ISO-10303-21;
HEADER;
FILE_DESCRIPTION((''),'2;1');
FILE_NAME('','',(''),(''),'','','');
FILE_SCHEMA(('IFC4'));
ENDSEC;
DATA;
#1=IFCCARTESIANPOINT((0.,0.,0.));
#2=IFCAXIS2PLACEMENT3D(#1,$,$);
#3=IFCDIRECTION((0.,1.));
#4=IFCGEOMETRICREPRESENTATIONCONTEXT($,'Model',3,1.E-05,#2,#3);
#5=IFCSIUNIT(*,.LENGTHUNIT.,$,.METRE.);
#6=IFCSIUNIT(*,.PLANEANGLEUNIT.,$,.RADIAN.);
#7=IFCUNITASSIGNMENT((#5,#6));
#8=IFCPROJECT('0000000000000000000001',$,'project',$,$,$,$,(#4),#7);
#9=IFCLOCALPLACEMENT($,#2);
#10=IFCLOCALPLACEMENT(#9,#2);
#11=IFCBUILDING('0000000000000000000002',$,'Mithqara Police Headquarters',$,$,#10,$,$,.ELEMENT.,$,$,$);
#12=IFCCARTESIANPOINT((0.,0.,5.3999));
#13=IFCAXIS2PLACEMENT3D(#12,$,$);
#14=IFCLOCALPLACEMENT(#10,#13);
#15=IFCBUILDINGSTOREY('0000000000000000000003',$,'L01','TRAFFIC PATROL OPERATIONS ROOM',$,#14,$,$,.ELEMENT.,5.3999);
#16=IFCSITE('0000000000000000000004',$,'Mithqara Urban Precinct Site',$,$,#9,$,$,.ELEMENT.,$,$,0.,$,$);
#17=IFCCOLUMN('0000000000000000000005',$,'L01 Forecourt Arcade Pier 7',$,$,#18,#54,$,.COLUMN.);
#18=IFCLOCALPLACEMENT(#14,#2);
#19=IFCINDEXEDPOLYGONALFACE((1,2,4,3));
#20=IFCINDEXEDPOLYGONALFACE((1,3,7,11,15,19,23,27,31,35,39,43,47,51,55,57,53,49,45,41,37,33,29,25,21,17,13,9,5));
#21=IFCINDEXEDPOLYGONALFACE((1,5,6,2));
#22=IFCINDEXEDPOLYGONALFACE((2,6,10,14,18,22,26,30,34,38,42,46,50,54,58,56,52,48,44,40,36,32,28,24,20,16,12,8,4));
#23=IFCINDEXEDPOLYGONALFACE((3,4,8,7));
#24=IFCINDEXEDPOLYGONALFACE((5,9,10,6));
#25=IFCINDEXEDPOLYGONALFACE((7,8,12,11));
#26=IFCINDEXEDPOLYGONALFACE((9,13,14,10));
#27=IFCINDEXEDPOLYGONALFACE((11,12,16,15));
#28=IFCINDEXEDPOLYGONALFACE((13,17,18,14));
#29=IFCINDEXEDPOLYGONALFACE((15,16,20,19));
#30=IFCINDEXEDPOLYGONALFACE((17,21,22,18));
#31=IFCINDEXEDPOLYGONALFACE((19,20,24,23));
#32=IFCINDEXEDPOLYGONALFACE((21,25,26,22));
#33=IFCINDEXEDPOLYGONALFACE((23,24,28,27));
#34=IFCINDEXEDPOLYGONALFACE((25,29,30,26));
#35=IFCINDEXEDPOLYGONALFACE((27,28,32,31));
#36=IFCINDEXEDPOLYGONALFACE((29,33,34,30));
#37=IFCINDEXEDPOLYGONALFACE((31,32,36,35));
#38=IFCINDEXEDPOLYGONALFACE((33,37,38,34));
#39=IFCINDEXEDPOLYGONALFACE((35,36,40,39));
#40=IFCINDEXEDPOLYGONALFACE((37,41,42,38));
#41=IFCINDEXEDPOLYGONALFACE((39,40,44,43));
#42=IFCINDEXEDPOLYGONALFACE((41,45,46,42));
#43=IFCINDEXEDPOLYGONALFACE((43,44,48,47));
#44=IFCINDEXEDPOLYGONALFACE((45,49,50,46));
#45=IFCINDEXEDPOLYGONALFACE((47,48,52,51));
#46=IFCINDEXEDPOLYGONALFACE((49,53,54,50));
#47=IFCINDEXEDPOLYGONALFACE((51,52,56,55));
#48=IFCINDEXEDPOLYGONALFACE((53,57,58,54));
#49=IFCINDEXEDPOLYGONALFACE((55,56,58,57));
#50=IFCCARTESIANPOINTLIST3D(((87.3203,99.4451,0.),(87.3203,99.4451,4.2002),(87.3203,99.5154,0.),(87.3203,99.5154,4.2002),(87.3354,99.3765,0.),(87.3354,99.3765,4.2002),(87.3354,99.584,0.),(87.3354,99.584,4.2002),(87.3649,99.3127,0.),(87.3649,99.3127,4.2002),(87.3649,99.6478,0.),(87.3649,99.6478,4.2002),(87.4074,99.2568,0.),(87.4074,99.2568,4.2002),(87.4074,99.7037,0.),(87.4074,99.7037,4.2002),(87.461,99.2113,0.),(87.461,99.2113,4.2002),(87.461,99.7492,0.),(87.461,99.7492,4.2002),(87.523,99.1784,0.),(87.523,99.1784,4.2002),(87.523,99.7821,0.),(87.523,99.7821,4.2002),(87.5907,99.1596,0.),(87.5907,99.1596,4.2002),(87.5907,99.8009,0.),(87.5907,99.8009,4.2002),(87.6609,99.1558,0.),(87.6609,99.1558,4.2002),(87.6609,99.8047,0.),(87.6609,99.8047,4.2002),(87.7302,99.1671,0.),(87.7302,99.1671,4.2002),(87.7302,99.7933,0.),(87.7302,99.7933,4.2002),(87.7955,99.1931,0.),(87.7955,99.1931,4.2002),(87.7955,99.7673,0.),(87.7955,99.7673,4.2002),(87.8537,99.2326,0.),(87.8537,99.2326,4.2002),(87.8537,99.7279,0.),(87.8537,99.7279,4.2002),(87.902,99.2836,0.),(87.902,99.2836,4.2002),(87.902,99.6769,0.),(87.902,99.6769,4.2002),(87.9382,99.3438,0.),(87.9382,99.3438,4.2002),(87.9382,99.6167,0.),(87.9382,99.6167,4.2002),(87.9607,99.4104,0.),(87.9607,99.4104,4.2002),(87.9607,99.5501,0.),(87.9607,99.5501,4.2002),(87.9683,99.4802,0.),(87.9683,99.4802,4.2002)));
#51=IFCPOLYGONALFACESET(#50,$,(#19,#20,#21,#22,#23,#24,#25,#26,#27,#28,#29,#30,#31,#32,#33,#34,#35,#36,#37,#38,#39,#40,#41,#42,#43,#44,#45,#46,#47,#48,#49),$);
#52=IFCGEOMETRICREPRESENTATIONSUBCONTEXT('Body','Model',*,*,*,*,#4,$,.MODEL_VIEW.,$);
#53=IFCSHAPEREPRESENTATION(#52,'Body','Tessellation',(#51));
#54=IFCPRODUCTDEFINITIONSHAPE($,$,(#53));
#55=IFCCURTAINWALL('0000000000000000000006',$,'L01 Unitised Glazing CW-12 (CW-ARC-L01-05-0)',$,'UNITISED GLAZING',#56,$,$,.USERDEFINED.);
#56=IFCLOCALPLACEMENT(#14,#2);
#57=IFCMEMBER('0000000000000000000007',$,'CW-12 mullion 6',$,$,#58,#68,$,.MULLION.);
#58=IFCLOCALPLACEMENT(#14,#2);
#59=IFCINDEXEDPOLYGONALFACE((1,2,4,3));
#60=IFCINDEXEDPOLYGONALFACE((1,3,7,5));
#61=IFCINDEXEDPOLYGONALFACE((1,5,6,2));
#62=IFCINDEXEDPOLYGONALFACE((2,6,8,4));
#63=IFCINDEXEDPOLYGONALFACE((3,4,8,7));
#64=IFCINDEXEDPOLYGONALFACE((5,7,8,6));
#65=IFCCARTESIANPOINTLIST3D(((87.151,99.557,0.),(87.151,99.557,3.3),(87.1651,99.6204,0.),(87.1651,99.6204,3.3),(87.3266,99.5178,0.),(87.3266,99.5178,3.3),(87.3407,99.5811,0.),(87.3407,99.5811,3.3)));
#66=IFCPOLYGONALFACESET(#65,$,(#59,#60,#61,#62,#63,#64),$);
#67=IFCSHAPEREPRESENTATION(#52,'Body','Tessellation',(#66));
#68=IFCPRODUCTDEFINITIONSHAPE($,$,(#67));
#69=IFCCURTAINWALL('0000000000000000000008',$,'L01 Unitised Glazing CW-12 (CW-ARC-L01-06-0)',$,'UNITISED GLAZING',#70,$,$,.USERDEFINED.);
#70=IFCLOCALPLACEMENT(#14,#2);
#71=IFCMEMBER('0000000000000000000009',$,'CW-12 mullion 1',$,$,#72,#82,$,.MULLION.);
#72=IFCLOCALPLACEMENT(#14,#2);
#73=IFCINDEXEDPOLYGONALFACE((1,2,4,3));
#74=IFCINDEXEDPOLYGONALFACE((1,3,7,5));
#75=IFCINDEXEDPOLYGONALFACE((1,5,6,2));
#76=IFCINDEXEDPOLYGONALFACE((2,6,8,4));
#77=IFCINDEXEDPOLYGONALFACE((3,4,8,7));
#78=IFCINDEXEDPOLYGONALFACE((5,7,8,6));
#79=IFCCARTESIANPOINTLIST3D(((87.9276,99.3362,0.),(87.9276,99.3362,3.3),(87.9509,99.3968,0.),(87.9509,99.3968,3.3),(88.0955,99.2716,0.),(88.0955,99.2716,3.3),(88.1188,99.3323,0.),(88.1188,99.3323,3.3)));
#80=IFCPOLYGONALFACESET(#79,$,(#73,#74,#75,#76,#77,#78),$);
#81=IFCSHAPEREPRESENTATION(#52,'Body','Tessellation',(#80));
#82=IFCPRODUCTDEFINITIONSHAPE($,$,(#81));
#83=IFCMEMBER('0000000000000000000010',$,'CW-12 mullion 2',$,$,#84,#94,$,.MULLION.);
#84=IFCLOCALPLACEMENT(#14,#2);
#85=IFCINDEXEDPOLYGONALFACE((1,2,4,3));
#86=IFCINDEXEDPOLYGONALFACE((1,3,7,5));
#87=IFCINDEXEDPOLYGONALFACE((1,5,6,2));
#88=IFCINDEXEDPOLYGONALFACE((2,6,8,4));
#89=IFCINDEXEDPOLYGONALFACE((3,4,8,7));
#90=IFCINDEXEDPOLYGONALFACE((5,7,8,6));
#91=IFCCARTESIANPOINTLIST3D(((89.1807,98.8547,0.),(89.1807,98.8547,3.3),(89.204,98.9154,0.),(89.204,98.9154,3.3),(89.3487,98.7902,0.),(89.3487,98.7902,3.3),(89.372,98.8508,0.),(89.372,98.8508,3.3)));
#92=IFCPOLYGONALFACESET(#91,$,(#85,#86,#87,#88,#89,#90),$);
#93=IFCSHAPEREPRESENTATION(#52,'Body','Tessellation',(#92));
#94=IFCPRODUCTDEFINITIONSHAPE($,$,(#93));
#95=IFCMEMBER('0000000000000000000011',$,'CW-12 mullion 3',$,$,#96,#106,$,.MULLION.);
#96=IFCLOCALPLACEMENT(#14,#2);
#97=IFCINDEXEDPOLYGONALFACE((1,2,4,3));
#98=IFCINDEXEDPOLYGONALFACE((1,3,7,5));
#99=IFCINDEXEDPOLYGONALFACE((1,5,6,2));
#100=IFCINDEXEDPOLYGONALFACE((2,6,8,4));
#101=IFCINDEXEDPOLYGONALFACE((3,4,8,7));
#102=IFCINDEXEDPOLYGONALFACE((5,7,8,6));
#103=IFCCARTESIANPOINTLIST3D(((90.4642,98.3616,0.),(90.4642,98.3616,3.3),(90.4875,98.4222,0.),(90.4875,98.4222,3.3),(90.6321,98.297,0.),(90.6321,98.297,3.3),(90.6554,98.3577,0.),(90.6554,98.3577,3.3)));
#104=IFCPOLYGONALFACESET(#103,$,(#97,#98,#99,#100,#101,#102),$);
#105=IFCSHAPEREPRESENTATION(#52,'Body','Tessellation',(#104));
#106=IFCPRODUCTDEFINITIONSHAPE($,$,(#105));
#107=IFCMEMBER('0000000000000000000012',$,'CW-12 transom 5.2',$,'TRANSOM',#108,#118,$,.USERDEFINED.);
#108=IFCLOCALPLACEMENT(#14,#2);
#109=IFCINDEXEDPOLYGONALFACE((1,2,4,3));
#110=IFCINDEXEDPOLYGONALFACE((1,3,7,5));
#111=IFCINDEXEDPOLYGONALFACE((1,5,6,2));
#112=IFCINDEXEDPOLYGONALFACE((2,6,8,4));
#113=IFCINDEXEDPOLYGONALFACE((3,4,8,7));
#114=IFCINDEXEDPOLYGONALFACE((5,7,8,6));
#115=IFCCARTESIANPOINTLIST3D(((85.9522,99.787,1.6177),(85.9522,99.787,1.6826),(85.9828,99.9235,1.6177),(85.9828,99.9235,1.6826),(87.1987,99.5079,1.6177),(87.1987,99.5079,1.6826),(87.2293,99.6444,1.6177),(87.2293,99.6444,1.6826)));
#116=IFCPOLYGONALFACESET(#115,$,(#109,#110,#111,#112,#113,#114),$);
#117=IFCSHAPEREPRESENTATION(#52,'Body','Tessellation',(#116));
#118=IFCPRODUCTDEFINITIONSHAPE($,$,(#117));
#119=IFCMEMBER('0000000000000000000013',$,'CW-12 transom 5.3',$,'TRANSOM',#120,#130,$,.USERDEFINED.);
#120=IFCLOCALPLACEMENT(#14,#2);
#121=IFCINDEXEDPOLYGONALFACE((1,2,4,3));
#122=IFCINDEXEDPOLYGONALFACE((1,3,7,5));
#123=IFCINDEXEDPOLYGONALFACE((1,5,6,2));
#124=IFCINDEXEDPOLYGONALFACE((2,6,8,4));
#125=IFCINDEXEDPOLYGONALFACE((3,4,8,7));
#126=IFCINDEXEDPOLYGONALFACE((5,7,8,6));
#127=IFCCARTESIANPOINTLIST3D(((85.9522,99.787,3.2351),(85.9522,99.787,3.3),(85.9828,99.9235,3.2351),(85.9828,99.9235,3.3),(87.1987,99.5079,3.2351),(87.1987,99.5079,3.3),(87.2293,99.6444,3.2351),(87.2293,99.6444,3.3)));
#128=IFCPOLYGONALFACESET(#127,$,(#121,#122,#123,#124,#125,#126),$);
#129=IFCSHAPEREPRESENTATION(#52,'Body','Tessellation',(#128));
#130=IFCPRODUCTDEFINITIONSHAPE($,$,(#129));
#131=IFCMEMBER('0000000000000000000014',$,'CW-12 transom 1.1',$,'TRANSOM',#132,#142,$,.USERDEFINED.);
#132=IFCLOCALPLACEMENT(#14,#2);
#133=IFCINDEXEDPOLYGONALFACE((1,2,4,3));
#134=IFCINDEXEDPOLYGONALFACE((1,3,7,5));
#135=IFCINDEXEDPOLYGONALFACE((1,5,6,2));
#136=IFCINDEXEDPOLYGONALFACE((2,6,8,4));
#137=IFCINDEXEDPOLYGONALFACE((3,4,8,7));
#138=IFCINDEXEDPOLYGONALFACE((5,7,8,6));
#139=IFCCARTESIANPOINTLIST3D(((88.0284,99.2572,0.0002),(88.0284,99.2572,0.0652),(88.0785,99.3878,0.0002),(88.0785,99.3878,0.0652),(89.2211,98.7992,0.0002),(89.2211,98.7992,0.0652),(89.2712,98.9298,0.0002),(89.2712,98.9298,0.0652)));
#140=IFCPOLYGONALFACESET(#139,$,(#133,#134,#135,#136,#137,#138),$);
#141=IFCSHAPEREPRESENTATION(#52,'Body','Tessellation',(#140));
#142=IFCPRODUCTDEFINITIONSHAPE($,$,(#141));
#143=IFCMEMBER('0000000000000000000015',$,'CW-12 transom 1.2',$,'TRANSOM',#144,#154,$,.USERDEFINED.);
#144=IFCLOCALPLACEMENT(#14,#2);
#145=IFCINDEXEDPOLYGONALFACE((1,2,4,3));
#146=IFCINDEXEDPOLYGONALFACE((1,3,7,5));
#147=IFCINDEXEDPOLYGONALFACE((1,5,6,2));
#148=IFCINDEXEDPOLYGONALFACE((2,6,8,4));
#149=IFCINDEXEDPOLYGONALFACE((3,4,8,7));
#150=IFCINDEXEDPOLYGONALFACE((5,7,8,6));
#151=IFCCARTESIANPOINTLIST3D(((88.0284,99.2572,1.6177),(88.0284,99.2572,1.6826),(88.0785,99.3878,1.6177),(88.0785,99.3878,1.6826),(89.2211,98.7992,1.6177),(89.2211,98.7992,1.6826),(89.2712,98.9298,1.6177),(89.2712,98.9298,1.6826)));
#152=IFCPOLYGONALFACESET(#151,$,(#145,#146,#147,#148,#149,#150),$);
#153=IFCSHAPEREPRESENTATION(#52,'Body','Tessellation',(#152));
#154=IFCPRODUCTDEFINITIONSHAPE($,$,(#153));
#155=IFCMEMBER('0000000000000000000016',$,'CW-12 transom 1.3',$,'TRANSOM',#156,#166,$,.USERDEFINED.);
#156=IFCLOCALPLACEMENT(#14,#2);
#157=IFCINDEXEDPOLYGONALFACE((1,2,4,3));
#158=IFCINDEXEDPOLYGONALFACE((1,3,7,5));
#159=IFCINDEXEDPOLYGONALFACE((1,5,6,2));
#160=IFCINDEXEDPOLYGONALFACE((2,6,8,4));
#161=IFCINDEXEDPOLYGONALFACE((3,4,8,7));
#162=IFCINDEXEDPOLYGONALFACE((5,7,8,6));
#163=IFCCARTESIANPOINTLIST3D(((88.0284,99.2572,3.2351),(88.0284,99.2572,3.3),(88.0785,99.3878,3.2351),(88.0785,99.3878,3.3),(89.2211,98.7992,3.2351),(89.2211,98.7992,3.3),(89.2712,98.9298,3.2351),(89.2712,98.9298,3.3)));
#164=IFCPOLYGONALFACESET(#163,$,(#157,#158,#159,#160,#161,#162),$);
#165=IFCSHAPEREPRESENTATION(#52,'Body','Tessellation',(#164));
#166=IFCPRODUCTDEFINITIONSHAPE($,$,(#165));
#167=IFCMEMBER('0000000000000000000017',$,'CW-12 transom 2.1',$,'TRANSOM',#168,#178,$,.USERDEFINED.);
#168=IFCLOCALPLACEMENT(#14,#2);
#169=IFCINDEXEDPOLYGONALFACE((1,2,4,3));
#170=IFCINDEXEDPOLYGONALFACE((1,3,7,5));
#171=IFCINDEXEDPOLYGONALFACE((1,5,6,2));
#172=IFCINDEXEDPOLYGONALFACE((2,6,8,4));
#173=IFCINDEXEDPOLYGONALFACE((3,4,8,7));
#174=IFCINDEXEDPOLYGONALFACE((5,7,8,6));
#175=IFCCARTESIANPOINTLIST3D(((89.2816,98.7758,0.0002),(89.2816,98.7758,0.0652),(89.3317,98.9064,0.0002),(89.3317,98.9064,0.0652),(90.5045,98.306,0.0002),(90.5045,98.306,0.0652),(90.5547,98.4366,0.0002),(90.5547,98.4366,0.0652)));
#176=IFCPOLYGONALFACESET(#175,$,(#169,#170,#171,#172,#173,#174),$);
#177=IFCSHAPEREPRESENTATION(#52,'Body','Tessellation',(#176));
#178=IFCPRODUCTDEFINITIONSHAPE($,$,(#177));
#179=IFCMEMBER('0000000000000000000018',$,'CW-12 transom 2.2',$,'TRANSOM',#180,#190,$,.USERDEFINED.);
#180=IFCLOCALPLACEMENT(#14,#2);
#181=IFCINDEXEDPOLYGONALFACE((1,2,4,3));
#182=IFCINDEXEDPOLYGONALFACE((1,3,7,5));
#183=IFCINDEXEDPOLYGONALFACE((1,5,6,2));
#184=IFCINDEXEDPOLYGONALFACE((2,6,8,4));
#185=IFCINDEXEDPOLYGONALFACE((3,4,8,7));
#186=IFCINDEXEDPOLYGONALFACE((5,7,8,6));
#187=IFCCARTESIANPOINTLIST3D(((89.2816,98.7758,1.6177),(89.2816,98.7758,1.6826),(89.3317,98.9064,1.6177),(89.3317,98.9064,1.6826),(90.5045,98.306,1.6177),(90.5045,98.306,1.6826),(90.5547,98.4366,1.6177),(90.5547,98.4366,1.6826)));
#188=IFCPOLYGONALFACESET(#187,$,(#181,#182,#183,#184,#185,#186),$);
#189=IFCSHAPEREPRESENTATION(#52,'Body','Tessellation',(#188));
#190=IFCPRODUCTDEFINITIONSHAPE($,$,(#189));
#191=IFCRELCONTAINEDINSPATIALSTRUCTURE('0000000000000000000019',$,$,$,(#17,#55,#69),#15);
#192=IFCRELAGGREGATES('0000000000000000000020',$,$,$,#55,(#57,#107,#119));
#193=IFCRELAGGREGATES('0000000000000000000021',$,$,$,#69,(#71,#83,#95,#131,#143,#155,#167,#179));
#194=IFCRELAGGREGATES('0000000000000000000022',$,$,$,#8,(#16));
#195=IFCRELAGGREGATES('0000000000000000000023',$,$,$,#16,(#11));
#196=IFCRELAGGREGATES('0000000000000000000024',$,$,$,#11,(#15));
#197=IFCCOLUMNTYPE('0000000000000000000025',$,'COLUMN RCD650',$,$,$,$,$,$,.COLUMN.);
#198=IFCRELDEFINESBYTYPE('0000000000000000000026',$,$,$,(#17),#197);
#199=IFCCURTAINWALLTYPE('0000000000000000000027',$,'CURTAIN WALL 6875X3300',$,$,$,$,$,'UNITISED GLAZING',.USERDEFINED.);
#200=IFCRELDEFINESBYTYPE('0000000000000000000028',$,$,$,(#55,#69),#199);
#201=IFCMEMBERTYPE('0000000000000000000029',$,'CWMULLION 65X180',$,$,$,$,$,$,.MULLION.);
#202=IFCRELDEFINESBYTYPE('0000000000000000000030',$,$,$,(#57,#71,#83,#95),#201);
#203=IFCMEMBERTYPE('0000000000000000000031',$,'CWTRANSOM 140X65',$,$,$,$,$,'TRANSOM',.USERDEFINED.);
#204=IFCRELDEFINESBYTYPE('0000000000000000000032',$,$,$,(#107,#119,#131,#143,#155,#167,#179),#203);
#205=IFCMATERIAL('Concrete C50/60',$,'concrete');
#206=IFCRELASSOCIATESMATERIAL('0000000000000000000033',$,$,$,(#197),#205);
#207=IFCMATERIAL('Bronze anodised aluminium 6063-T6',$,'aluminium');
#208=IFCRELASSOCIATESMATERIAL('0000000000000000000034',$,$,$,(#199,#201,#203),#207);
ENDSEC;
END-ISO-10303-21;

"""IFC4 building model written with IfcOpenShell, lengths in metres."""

from ifc_helpers import new_model, si_unit, direction, frame, origin, origin_2d, place, context, subcontext, project, spatial, rectangle, circle, extrude, material, material_profile, profile_set, type_object, element, aggregate, save


model = new_model("IFC4")

# Units and contexts
model_context = context("Model", 3, precision=1e-05, world=origin(), true_north=direction((0.0, 1.0)))
body_context = subcontext(model_context, "Body", "Model", "MODEL_VIEW")
ifc_project = project(units=[si_unit("LENGTHUNIT", "METRE"), si_unit("PLANEANGLEUNIT", "RADIAN")], contexts=[model_context])

# Site, building, storey
site_placement = place(None, origin())
site = spatial("IfcSite", under=ifc_project, at=site_placement, Name="Mithqara Urban Precinct Site", CompositionType="ELEMENT", RefElevation=0.0)
building_placement = place(site_placement, origin())
building = spatial("IfcBuilding", under=site, at=building_placement, Name="Mithqara Police Headquarters", CompositionType="ELEMENT")
storey_placement = place(building_placement, frame((0.0, 0.0, 5.3999)))
storey = spatial("IfcBuildingStorey", under=building, at=storey_placement, Name="L01", Description="TRAFFIC PATROL OPERATIONS ROOM", CompositionType="ELEMENT", Elevation=5.3999)

# Column
ifc_material_1 = material(Name="Concrete C50/60", Category="concrete")
ifc_material_profile_1 = material_profile(ifc_material_1, circle(Radius=0.325, at=origin_2d()), Name="RCD 650")
ifc_profile_set_1 = profile_set([ifc_material_profile_1], Name="Concrete C50/60")
column_type = type_object("IfcColumnType", Name="COLUMN RCD650", PredefinedType="COLUMN", material=ifc_profile_set_1)
column_placement = place(storey_placement, frame((87.6433, 99.4802, 0.0), z_axis=(0.0, 0.0, 1.0), x_axis=(1.0, 0.0, 0.0)))
element("IfcColumn", 1, at=column_placement, inside=storey, type_object=column_type, Name="L01 Forecourt Arcade Pier 7", PredefinedType="COLUMN", context=body_context, shape_type="SweptSolid", body=[
    extrude(circle(Radius=0.325, at=origin_2d()), origin(), (0.0, 0.0, 1.0), 4.2002),
])

# Curtain wall, member
ifc_material_2 = material(Name="Bronze anodised aluminium 6063-T6", Category="aluminium")
curtain_wall_type = type_object("IfcCurtainWallType", Name="CURTAIN WALL 6875X3300", ElementType="UNITISED GLAZING", PredefinedType="USERDEFINED", material=ifc_material_2)
curtain_wall_1_placement = place(storey_placement, origin())
curtain_wall_1 = element("IfcCurtainWall", 2, at=curtain_wall_1_placement, inside=storey, type_object=curtain_wall_type, Name="L01 Unitised Glazing CW-12 (CW-ARC-L01-05-0)", ObjectType="UNITISED GLAZING", PredefinedType="USERDEFINED")
ifc_material_profile_2 = material_profile(ifc_material_2, rectangle(XDim=0.0649, YDim=0.1799, at=origin_2d()), Name="CWM 65x180")
ifc_profile_set_2 = profile_set([ifc_material_profile_2], Name="Bronze anodised aluminium 6063-T6")
member_type_1 = type_object("IfcMemberType", Name="CWMULLION 65X180", PredefinedType="MULLION", material=ifc_profile_set_2)
member_1_placement = place(storey_placement, frame((87.2458, 99.5691, 0.0), z_axis=(0.0, 0.0, 1.0), x_axis=(0.218341, 0.975873, 0.0)))
member_1 = element("IfcMember", 3, at=member_1_placement, type_object=member_type_1, Name="CW-12 mullion 6", PredefinedType="MULLION", context=body_context, shape_type="SweptSolid", body=[
    extrude(rectangle(XDim=0.0649, YDim=0.1799, at=origin_2d()), origin(), (0.0, 0.0, 1.0), 3.3),
])

# Curtain wall, members
curtain_wall_2_placement = place(storey_placement, origin())
curtain_wall_2 = element("IfcCurtainWall", 4, at=curtain_wall_2_placement, inside=storey, type_object=curtain_wall_type, Name="L01 Unitised Glazing CW-12 (CW-ARC-L01-06-0)", ObjectType="UNITISED GLAZING", PredefinedType="USERDEFINED")
member_2_placement = place(storey_placement, frame((88.0232, 99.3342, 0.0), z_axis=(0.0, 0.0, 1.0), x_axis=(0.358681, 0.93346, 0.0)))
member_2 = element("IfcMember", 5, at=member_2_placement, type_object=member_type_1, Name="CW-12 mullion 1", PredefinedType="MULLION", context=body_context, shape_type="SweptSolid", body=[
    extrude(rectangle(XDim=0.0649, YDim=0.1799, at=origin_2d()), origin(), (0.0, 0.0, 1.0), 3.3),
])
member_3_placement = place(storey_placement, frame((89.2764, 98.8528, 0.0), z_axis=(0.0, 0.0, 1.0), x_axis=(0.358681, 0.93346, 0.0)))
member_3 = element("IfcMember", 6, at=member_3_placement, type_object=member_type_1, Name="CW-12 mullion 2", PredefinedType="MULLION", context=body_context, shape_type="SweptSolid", body=[
    extrude(rectangle(XDim=0.0649, YDim=0.1799, at=origin_2d()), origin(), (0.0, 0.0, 1.0), 3.3),
])
member_4_placement = place(storey_placement, frame((90.5598, 98.3596, 0.0), z_axis=(0.0, 0.0, 1.0), x_axis=(0.358681, 0.93346, 0.0)))
member_4 = element("IfcMember", 7, at=member_4_placement, type_object=member_type_1, Name="CW-12 mullion 3", PredefinedType="MULLION", context=body_context, shape_type="SweptSolid", body=[
    extrude(rectangle(XDim=0.0649, YDim=0.1799, at=origin_2d()), origin(), (0.0, 0.0, 1.0), 3.3),
])

# Members
ifc_material_profile_3 = material_profile(ifc_material_2, rectangle(XDim=0.1399, YDim=0.0649, at=origin_2d()), Name="CWT 140x65")
ifc_profile_set_3 = profile_set([ifc_material_profile_3], Name="Bronze anodised aluminium 6063-T6")
member_type_2 = type_object("IfcMemberType", Name="CWTRANSOM 140X65", ElementType="TRANSOM", PredefinedType="USERDEFINED", material=ifc_profile_set_3)
member_5_placement = place(storey_placement, frame((85.9675, 99.8552, 1.6501), z_axis=(0.975849, -0.218448, 0.0), x_axis=(0.218448, 0.975849, 0.0)))
member_5 = element("IfcMember", 8, at=member_5_placement, type_object=member_type_2, Name="CW-12 transom 5.2", ObjectType="TRANSOM", PredefinedType="USERDEFINED", context=body_context, shape_type="SweptSolid", body=[
    extrude(rectangle(XDim=0.1399, YDim=0.0649, at=origin_2d()), origin(), (0.0, 0.0, 1.0), 1.2773),
])
member_6_placement = place(storey_placement, frame((85.9675, 99.8552, 3.2676), z_axis=(0.975849, -0.218448, 0.0), x_axis=(0.218448, 0.975849, 0.0)))
member_6 = element("IfcMember", 9, at=member_6_placement, type_object=member_type_2, Name="CW-12 transom 5.3", ObjectType="TRANSOM", PredefinedType="USERDEFINED", context=body_context, shape_type="SweptSolid", body=[
    extrude(rectangle(XDim=0.1399, YDim=0.0649, at=origin_2d()), origin(), (0.0, 0.0, 1.0), 1.2773),
])
member_7_placement = place(storey_placement, frame((88.0535, 99.3225, 0.0327), z_axis=(0.933528, -0.358505, 0.0), x_axis=(0.358505, 0.933528, 0.0)))
member_7 = element("IfcMember", 10, at=member_7_placement, type_object=member_type_2, Name="CW-12 transom 1.1", ObjectType="TRANSOM", PredefinedType="USERDEFINED", context=body_context, shape_type="SweptSolid", body=[
    extrude(rectangle(XDim=0.1399, YDim=0.0649, at=origin_2d()), origin(), (0.0, 0.0, 1.0), 1.2776),
])
member_8_placement = place(storey_placement, frame((88.0535, 99.3225, 1.6501), z_axis=(0.933528, -0.358505, 0.0), x_axis=(0.358505, 0.933528, 0.0)))
member_8 = element("IfcMember", 11, at=member_8_placement, type_object=member_type_2, Name="CW-12 transom 1.2", ObjectType="TRANSOM", PredefinedType="USERDEFINED", context=body_context, shape_type="SweptSolid", body=[
    extrude(rectangle(XDim=0.1399, YDim=0.0649, at=origin_2d()), origin(), (0.0, 0.0, 1.0), 1.2776),
])
member_9_placement = place(storey_placement, frame((88.0535, 99.3225, 3.2676), z_axis=(0.933528, -0.358505, 0.0), x_axis=(0.358505, 0.933528, 0.0)))
member_9 = element("IfcMember", 12, at=member_9_placement, type_object=member_type_2, Name="CW-12 transom 1.3", ObjectType="TRANSOM", PredefinedType="USERDEFINED", context=body_context, shape_type="SweptSolid", body=[
    extrude(rectangle(XDim=0.1399, YDim=0.0649, at=origin_2d()), origin(), (0.0, 0.0, 1.0), 1.2776),
])
member_10_placement = place(storey_placement, frame((89.3066, 98.8411, 0.0327), z_axis=(0.933504, -0.358567, 0.0), x_axis=(0.358567, 0.933504, 0.0)))
member_10 = element("IfcMember", 13, at=member_10_placement, type_object=member_type_2, Name="CW-12 transom 2.1", ObjectType="TRANSOM", PredefinedType="USERDEFINED", context=body_context, shape_type="SweptSolid", body=[
    extrude(rectangle(XDim=0.1399, YDim=0.0649, at=origin_2d()), origin(), (0.0, 0.0, 1.0), 1.3101),
])
member_11_placement = place(storey_placement, frame((89.3066, 98.8411, 1.6501), z_axis=(0.933504, -0.358567, 0.0), x_axis=(0.358567, 0.933504, 0.0)))
member_11 = element("IfcMember", 14, at=member_11_placement, type_object=member_type_2, Name="CW-12 transom 2.2", ObjectType="TRANSOM", PredefinedType="USERDEFINED", context=body_context, shape_type="SweptSolid", body=[
    extrude(rectangle(XDim=0.1399, YDim=0.0649, at=origin_2d()), origin(), (0.0, 0.0, 1.0), 1.3101),
])

aggregate(curtain_wall_1, [member_1, member_5, member_6])
aggregate(curtain_wall_2, [member_2, member_3, member_4, member_7, member_8, member_9, member_10, member_11])

save(model, "model.ifc")
